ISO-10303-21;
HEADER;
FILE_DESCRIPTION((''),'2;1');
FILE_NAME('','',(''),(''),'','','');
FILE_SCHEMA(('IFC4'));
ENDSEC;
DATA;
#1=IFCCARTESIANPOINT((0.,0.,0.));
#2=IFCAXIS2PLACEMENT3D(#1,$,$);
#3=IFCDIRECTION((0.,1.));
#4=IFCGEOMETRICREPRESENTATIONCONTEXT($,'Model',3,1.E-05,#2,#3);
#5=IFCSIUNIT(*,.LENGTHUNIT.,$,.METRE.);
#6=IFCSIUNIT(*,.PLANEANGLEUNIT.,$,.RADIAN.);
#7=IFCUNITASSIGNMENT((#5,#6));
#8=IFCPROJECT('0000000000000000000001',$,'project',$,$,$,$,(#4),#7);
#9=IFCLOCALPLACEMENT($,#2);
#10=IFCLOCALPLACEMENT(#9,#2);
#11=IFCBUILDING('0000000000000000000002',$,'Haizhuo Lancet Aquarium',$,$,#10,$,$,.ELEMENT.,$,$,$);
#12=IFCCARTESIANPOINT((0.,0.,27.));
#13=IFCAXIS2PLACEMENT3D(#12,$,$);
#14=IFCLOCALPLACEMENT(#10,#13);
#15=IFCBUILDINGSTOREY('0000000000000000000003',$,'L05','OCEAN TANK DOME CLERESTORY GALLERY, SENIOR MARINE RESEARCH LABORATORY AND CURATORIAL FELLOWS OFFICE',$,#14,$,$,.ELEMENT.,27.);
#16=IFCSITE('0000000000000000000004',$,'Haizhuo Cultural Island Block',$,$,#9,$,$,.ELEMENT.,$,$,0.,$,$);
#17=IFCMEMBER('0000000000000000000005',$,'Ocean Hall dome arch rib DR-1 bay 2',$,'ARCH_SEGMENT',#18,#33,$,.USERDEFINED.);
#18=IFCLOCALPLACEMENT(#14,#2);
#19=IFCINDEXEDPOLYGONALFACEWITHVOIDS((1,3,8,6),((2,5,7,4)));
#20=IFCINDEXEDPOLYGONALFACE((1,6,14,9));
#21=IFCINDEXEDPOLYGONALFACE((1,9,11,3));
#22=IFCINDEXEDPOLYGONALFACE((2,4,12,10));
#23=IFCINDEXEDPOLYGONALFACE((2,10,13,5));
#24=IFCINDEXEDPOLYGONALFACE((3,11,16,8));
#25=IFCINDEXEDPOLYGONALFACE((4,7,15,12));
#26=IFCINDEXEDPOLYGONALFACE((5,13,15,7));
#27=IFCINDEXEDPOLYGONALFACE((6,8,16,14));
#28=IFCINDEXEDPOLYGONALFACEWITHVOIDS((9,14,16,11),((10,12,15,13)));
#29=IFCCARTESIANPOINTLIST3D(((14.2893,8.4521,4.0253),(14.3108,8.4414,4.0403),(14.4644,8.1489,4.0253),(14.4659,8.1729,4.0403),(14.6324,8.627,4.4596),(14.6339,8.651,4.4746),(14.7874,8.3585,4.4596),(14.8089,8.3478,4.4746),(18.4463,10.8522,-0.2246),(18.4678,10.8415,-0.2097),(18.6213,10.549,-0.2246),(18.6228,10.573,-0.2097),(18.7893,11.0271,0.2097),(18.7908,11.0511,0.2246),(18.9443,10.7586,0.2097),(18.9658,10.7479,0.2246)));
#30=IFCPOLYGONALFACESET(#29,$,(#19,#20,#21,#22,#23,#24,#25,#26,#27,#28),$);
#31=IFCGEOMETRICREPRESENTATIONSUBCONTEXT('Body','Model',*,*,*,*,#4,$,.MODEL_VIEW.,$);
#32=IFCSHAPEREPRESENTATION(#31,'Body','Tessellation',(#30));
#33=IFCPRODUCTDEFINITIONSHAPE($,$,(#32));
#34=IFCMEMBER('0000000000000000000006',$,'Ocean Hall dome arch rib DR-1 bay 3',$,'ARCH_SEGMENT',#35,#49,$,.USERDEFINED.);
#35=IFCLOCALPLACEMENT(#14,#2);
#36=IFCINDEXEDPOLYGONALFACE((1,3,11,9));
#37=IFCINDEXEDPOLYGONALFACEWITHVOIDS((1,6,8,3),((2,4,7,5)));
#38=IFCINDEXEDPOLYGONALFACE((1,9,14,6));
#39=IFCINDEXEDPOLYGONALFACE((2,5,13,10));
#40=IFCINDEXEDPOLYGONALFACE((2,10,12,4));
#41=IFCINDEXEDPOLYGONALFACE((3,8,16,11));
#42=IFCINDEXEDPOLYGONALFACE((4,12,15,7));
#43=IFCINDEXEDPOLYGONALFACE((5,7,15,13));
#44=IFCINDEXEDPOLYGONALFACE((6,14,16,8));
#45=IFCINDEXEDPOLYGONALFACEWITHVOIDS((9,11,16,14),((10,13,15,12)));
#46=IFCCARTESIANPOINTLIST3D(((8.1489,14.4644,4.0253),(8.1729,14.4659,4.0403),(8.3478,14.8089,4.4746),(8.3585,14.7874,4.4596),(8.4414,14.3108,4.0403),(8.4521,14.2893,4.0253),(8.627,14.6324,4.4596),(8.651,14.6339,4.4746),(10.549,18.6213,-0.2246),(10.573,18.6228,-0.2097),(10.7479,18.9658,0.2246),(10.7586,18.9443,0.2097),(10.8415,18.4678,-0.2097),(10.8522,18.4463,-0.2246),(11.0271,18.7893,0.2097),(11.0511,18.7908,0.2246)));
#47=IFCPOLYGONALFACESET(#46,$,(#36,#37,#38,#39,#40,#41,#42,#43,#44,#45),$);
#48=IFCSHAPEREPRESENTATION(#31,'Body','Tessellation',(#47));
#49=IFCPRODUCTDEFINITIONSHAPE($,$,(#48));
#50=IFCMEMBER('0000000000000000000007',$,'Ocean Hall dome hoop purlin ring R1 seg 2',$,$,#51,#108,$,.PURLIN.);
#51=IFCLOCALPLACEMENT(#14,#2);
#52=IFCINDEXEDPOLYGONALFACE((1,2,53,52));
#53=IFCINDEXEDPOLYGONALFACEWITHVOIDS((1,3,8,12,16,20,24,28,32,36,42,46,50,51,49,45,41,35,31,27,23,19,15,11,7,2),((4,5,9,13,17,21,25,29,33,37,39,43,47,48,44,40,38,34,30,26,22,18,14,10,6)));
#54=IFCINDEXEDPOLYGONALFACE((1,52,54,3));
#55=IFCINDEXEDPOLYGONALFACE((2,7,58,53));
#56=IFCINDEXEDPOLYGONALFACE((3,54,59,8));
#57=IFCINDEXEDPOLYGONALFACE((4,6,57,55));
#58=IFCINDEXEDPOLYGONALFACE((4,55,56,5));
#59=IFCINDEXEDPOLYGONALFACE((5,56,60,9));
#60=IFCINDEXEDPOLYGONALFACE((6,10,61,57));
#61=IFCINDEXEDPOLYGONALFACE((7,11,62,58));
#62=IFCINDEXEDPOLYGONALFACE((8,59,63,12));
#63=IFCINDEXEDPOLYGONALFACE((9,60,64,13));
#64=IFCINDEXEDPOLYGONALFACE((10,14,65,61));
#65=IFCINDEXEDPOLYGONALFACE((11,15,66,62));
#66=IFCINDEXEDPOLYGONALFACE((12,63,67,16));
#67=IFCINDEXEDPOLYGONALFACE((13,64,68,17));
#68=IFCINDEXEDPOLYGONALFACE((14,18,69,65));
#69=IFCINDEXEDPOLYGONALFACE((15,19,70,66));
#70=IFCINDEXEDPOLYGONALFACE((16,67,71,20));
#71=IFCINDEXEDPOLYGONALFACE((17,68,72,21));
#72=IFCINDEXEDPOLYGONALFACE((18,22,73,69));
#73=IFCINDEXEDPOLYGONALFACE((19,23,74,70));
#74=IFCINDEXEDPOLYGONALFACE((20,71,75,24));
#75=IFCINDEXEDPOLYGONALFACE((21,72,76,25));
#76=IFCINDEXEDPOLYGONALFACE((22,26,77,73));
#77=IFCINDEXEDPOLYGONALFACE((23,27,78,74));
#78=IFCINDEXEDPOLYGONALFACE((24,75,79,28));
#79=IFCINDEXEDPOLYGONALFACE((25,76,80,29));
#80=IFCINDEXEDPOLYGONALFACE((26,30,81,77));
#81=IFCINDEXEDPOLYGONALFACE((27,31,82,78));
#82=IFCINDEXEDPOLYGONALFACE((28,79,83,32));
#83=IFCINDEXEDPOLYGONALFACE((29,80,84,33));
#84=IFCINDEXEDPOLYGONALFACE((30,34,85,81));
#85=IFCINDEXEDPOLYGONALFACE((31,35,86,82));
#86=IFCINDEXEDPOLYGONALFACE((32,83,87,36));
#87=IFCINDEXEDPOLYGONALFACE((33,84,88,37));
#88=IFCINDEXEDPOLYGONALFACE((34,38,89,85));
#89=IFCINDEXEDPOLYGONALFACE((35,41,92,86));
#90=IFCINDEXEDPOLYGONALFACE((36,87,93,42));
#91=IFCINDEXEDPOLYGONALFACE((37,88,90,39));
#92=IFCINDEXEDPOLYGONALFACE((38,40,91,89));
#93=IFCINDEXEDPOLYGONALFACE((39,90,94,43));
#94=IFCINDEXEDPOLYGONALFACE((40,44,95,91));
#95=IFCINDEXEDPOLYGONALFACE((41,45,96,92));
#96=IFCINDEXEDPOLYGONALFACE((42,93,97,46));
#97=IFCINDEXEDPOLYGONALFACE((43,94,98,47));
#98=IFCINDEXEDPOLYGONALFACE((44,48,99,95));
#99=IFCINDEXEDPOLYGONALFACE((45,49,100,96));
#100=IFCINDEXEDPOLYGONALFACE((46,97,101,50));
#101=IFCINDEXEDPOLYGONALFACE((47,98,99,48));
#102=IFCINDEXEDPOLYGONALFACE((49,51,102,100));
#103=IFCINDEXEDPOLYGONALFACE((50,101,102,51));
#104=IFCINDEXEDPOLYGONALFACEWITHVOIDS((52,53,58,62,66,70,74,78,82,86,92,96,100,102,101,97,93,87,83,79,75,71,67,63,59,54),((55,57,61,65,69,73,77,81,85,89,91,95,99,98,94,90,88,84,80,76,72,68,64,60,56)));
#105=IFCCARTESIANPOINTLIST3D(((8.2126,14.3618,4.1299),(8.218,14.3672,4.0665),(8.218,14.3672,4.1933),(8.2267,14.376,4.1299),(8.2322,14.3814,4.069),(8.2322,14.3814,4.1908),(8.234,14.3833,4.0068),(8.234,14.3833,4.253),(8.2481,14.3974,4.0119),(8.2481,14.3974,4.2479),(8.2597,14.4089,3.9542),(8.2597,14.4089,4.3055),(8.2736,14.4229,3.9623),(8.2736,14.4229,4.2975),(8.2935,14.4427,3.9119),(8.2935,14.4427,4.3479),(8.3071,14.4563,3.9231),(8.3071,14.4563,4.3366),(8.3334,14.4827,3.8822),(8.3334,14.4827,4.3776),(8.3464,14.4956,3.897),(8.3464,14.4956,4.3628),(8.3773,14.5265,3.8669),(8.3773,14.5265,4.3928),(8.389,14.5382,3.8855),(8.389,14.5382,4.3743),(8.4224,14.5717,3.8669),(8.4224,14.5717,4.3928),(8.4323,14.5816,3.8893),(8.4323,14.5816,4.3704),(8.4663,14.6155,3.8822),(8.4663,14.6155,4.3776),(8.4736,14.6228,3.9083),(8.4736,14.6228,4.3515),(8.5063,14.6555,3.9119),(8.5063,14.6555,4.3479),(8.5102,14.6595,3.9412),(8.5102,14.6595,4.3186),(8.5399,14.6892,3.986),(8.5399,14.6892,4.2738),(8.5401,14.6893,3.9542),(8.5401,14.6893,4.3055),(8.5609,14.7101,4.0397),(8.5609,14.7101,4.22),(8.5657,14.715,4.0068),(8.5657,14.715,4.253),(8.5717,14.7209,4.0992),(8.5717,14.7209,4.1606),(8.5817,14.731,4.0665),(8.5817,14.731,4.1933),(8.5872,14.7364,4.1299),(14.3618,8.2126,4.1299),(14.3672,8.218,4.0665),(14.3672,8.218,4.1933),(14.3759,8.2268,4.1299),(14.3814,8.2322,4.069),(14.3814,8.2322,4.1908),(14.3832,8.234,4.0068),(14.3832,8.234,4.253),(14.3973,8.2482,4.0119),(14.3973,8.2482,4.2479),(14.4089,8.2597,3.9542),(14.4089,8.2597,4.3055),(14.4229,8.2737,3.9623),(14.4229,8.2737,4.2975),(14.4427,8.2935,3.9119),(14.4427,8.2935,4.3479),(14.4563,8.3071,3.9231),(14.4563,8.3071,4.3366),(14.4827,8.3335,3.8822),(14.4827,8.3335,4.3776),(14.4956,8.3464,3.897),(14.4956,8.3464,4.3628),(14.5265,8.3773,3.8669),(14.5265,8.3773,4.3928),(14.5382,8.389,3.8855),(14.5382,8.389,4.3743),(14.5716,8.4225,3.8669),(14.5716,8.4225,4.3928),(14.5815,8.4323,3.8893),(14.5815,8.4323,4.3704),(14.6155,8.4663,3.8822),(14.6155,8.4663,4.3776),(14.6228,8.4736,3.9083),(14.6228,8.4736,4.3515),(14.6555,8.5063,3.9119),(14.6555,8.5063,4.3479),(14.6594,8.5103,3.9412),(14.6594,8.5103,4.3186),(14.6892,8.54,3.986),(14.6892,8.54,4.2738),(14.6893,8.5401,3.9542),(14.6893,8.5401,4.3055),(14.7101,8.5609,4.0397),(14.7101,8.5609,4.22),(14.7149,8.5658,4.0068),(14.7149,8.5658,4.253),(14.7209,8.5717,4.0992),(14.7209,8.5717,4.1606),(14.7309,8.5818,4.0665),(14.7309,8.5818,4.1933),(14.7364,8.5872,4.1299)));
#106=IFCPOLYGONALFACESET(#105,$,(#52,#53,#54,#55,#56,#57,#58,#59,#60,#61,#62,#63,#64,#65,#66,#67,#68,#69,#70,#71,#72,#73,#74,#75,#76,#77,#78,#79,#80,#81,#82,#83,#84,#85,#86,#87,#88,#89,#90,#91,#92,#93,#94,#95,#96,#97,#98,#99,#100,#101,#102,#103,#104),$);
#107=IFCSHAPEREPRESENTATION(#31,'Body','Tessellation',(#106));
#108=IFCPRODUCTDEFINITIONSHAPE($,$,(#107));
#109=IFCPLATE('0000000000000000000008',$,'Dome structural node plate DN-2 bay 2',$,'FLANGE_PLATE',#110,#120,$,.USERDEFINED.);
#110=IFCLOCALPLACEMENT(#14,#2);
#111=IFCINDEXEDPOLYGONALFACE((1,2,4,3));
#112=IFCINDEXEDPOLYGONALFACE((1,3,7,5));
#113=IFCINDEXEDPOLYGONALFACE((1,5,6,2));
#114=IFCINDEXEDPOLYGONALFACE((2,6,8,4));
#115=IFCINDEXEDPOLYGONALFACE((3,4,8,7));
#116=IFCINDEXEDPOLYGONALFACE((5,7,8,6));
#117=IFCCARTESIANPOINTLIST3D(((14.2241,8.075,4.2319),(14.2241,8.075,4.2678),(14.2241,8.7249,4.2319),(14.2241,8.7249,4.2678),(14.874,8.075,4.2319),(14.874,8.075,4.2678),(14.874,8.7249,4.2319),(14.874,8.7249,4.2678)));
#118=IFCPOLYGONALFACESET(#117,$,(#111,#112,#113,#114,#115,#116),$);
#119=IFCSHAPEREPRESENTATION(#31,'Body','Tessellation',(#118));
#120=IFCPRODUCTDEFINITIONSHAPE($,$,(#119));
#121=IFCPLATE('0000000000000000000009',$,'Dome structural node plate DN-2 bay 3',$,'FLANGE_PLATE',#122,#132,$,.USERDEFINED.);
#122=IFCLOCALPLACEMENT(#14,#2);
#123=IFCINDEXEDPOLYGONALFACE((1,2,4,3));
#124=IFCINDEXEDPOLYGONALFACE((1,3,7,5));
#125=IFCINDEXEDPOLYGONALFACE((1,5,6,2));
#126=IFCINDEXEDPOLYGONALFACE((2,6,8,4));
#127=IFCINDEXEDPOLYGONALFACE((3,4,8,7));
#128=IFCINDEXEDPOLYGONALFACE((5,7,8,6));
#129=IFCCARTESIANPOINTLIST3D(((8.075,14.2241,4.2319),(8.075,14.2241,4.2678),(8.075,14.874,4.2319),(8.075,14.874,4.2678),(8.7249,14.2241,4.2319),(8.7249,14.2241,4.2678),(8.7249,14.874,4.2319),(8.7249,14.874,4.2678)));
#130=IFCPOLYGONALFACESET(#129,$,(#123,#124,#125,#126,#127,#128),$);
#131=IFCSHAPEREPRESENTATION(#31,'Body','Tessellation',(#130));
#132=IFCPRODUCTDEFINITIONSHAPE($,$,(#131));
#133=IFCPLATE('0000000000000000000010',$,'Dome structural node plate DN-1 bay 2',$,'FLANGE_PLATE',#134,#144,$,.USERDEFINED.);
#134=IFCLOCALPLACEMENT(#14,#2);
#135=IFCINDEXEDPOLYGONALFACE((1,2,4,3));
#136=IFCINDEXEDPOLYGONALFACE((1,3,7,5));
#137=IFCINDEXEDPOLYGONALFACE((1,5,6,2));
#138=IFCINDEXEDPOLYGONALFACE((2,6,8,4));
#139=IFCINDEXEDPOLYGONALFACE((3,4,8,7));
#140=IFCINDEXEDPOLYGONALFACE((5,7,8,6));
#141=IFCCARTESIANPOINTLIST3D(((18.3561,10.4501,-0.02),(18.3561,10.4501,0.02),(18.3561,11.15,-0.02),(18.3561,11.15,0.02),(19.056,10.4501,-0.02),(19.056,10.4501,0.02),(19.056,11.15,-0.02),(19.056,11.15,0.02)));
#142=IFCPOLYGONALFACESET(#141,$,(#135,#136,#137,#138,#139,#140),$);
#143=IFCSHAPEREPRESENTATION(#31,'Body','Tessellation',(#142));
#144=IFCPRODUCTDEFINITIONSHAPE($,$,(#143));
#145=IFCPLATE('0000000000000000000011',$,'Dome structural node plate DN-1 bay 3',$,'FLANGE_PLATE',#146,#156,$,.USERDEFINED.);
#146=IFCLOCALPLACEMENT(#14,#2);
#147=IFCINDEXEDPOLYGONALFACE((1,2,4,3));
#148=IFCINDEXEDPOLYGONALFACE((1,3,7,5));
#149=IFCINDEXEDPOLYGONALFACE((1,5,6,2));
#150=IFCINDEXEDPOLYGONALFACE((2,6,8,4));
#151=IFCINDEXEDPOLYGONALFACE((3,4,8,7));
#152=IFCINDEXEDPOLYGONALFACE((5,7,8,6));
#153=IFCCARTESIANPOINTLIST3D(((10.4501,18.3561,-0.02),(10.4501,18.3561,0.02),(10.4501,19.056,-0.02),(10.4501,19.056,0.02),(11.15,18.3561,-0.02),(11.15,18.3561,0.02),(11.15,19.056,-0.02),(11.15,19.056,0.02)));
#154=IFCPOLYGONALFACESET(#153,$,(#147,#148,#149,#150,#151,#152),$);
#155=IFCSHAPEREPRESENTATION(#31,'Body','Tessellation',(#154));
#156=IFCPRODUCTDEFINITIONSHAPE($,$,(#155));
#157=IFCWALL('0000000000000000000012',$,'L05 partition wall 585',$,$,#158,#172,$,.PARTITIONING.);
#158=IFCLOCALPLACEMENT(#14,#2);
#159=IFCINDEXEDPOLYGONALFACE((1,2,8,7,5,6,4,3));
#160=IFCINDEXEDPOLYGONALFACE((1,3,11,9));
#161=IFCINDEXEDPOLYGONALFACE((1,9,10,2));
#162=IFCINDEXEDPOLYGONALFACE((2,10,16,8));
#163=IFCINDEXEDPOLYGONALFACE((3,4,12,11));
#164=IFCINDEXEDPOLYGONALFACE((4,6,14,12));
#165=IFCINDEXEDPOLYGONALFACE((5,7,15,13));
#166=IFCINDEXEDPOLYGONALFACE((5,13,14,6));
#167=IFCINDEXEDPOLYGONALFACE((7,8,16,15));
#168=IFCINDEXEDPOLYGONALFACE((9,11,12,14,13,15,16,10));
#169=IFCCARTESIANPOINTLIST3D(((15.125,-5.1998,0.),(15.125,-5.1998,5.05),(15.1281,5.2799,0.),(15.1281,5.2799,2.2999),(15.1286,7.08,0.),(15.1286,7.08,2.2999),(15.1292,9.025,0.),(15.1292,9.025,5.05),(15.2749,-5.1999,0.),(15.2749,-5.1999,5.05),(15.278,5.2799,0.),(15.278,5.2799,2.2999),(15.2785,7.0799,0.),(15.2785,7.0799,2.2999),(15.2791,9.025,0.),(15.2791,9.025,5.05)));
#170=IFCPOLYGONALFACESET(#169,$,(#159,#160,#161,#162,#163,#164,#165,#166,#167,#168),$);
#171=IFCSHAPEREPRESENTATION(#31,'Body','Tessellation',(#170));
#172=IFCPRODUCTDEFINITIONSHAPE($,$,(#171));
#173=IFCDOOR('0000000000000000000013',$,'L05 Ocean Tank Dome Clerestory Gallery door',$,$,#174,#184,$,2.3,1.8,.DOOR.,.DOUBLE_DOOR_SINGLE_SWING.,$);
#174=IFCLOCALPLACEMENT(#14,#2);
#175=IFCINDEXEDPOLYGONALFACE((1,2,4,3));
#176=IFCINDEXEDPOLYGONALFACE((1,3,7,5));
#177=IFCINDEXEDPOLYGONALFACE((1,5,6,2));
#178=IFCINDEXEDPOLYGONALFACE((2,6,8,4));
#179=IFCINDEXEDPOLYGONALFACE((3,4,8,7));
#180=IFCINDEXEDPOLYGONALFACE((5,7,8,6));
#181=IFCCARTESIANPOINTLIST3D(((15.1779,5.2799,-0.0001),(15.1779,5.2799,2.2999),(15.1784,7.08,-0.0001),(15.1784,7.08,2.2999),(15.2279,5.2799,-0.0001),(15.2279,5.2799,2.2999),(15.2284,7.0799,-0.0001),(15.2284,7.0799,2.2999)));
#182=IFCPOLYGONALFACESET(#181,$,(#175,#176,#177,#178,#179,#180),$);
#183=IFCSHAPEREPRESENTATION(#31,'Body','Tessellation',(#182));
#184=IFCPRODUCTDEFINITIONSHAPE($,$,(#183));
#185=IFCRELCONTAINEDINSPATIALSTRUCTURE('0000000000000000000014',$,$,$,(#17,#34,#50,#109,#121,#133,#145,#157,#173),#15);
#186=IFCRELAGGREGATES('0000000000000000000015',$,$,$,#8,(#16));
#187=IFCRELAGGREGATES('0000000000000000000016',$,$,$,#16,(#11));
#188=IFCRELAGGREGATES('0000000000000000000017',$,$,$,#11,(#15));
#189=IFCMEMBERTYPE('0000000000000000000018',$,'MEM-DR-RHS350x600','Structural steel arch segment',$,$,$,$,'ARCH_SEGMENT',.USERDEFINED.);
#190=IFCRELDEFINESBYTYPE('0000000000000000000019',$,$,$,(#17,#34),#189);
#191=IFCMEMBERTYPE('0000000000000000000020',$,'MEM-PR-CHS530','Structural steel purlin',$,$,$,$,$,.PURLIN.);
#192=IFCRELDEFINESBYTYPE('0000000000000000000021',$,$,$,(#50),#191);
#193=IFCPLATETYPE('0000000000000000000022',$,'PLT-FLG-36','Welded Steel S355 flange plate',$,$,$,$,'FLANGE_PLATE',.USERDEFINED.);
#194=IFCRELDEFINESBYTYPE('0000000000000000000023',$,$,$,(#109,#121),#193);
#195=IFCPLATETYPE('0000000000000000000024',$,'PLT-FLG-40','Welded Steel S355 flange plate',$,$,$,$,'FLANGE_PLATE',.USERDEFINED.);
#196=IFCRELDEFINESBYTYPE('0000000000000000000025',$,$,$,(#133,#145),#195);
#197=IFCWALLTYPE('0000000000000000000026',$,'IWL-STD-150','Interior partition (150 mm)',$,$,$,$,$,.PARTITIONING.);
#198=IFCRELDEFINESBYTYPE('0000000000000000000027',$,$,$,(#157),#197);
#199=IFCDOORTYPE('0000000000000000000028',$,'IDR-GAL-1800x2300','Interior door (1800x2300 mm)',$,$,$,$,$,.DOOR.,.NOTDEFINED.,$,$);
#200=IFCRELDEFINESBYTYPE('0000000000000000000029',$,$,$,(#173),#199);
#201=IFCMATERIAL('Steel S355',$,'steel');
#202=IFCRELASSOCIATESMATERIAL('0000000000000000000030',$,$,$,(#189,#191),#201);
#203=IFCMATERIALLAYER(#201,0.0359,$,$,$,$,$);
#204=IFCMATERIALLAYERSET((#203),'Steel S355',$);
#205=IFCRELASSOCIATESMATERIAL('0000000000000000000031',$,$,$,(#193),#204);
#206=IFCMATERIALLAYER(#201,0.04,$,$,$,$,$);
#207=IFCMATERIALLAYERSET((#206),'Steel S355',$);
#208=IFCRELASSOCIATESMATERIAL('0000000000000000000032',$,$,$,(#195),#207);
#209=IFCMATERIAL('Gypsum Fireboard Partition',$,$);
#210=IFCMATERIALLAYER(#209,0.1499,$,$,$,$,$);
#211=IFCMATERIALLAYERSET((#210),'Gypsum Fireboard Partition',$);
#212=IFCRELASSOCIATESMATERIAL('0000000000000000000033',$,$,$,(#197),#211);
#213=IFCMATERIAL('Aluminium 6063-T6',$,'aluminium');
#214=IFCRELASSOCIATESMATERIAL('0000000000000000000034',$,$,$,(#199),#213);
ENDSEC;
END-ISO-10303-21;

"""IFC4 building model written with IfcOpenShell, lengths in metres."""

from ifc_helpers import new_model, si_unit, direction, frame, frame_2d, origin, origin_2d, place, context, subcontext, project, spatial, rectangle, hollow_rectangle, hollow_circle, extrude, material, layer, layer_set, material_profile, profile_set, type_object, element, fill, save


model = new_model("IFC4")

# Units and contexts
model_context = context("Model", 3, precision=1e-05, world=origin(), true_north=direction((0.0, 1.0)))
body_context = subcontext(model_context, "Body", "Model", "MODEL_VIEW")
ifc_project = project(units=[si_unit("LENGTHUNIT", "METRE"), si_unit("PLANEANGLEUNIT", "RADIAN")], contexts=[model_context])

# Site, building, storey
site_placement = place(None, origin())
site = spatial("IfcSite", under=ifc_project, at=site_placement, Name="Haizhuo Cultural Island Block", CompositionType="ELEMENT", RefElevation=0.0)
building_placement = place(site_placement, origin())
building = spatial("IfcBuilding", under=site, at=building_placement, Name="Haizhuo Lancet Aquarium", CompositionType="ELEMENT")
storey_placement = place(building_placement, frame((0.0, 0.0, 27.0)))
storey = spatial("IfcBuildingStorey", under=building, at=storey_placement, Name="L05", Description="OCEAN TANK DOME CLERESTORY GALLERY, SENIOR MARINE RESEARCH LABORATORY AND CURATORIAL FELLOWS OFFICE", CompositionType="ELEMENT", Elevation=27.0)

# Members
ifc_material_1 = material(Name="Steel S355", Category="steel")
ifc_material_profile_1 = material_profile(ifc_material_1, hollow_rectangle(XDim=0.3501, YDim=0.6001, WallThickness=0.02, at=origin_2d()), Name="RHS 350x600x20")
ifc_profile_set_1 = profile_set([ifc_material_profile_1], Name="Steel S355")
member_type_1 = type_object("IfcMemberType", Name="MEM-DR-RHS350x600", Description="Structural steel arch segment", ElementType="ARCH_SEGMENT", PredefinedType="USERDEFINED", material=ifc_profile_set_1)
for number, where, z_axis, x_axis, name in (
    (1, (18.7061, 10.8, 0.0), (-0.648392, -0.374367, 0.662901), (0.500017, -0.866015, 0.0), "Ocean Hall dome arch rib DR-1 bay 2"),
    (2, (10.8, 18.7061, 0.0), (-0.374367, -0.648392, 0.662901), (0.866015, -0.500017, 0.0), "Ocean Hall dome arch rib DR-1 bay 3"),
):
    element("IfcMember", number, at=place(storey_placement, frame(where, z_axis=z_axis, x_axis=x_axis)), inside=storey, type_object=member_type_1, Name=name, ObjectType="ARCH_SEGMENT", PredefinedType="USERDEFINED", context=body_context, shape_type="SweptSolid", body=[
        extrude(hollow_rectangle(XDim=0.3501, YDim=0.6001, WallThickness=0.02, at=origin_2d()), origin(), (0.0, 0.0, 1.0), 6.4111),
    ])
ifc_material_profile_2 = material_profile(ifc_material_1, hollow_circle(Radius=0.2649, WallThickness=0.02, at=origin_2d()), Name="CHS 530x20")
ifc_profile_set_2 = profile_set([ifc_material_profile_2], Name="Steel S355")
member_type_2 = type_object("IfcMemberType", Name="MEM-PR-CHS530", Description="Structural steel purlin", PredefinedType="PURLIN", material=ifc_profile_set_2)
member_1_placement = place(storey_placement, frame((14.5491, 8.3999, 4.1299), z_axis=(-0.707107, 0.707107, 0.0), x_axis=(-0.707107, -0.707107, 0.0)))
element("IfcMember", 3, at=member_1_placement, inside=storey, type_object=member_type_2, Name="Ocean Hall dome hoop purlin ring R1 seg 2", PredefinedType="PURLIN", context=body_context, shape_type="SweptSolid", body=[
    extrude(hollow_circle(Radius=0.2649, WallThickness=0.02, at=origin_2d()), origin(), (0.0, 0.0, 1.0), 8.6963),
])

# Plates
ifc_layer_1 = layer(ifc_material_1, 0.0359)
ifc_layer_set_1 = layer_set([ifc_layer_1], Name="Steel S355")
plate_type_1 = type_object("IfcPlateType", Name="PLT-FLG-36", Description="Welded Steel S355 flange plate", ElementType="FLANGE_PLATE", PredefinedType="USERDEFINED", material=ifc_layer_set_1)
for number, where, z_axis, x_axis, name in (
    (4, (14.5491, 8.3999, 4.2319), (0.0, 0.0, 1.0), (1.0, 0.0, 0.0), "Dome structural node plate DN-2 bay 2"),
    (5, (8.3999, 14.5491, 4.2319), (0.0, 0.0, 1.0), (1.0, 0.0, 0.0), "Dome structural node plate DN-2 bay 3"),
):
    element("IfcPlate", number, at=place(storey_placement, frame(where, z_axis=z_axis, x_axis=x_axis)), inside=storey, type_object=plate_type_1, Name=name, ObjectType="FLANGE_PLATE", PredefinedType="USERDEFINED", context=body_context, shape_type="SweptSolid", body=[
        extrude(rectangle(XDim=0.6499, YDim=0.6499, at=origin_2d()), origin(), (0.0, 0.0, 1.0), 0.0359),
    ])
ifc_layer_2 = layer(ifc_material_1, 0.04)
ifc_layer_set_2 = layer_set([ifc_layer_2], Name="Steel S355")
plate_type_2 = type_object("IfcPlateType", Name="PLT-FLG-40", Description="Welded Steel S355 flange plate", ElementType="FLANGE_PLATE", PredefinedType="USERDEFINED", material=ifc_layer_set_2)
for number, where, z_axis, x_axis, name in (
    (6, (18.7061, 10.8, -0.02), (0.0, 0.0, 1.0), (1.0, 0.0, 0.0), "Dome structural node plate DN-1 bay 2"),
    (7, (10.8, 18.7061, -0.02), (0.0, 0.0, 1.0), (1.0, 0.0, 0.0), "Dome structural node plate DN-1 bay 3"),
):
    element("IfcPlate", number, at=place(storey_placement, frame(where, z_axis=z_axis, x_axis=x_axis)), inside=storey, type_object=plate_type_2, Name=name, ObjectType="FLANGE_PLATE", PredefinedType="USERDEFINED", context=body_context, shape_type="SweptSolid", body=[
        extrude(rectangle(XDim=0.7, YDim=0.7, at=origin_2d()), origin(), (0.0, 0.0, 1.0), 0.04),
    ])

# Wall, opening, door
ifc_material_2 = material(Name="Gypsum Fireboard Partition")
ifc_layer_3 = layer(ifc_material_2, 0.1499)
ifc_layer_set_3 = layer_set([ifc_layer_3], Name="Gypsum Fireboard Partition")
wall_type_1 = type_object("IfcWallType", Name="IWL-STD-150", Description="Interior partition (150 mm)", PredefinedType="PARTITIONING", material=ifc_layer_set_3)
wall_1_placement = place(storey_placement, frame((15.2041, 9.0249, 0.0), z_axis=(0.0, 0.0, 1.0), x_axis=(-0.000292, -1.0, 0.0)))
wall_1 = element("IfcWall", 8, at=wall_1_placement, inside=storey, type_object=wall_type_1, Name="L05 partition wall 585", PredefinedType="PARTITIONING", context=body_context, shape_type="SweptSolid", body=[
    extrude(rectangle(XDim=14.2249, YDim=0.1499, at=frame_2d((7.1123, 0.0))), origin(), (0.0, 0.0, 1.0), 5.05),
])
opening_placement = place(wall_1_placement, frame((1.9451, 0.0, 0.0)))
opening = element("IfcOpeningElement", 9, at=opening_placement, cuts=wall_1, PredefinedType="OPENING", context=body_context, shape_type="SweptSolid", body=[
    extrude(rectangle(XDim=1.8, YDim=2.3, at=frame_2d((0.8999, 1.1499))), frame((0.0, 0.085, 0.0), z_axis=(0.0, -1.0, 0.0), x_axis=(1.0, 0.0, 0.0)), (0.0, 0.0, 1.0), 0.1699),
])
ifc_material_3 = material(Name="Aluminium 6063-T6", Category="aluminium")
door_type = type_object("IfcDoorType", Name="IDR-GAL-1800x2300", Description="Interior door (1800x2300 mm)", OperationType="NOTDEFINED", PredefinedType="DOOR", material=ifc_material_3)
door_placement = place(opening_placement, origin())
door = element("IfcDoor", 10, at=door_placement, inside=storey, type_object=door_type, Name="L05 Ocean Tank Dome Clerestory Gallery door", OperationType="DOUBLE_DOOR_SINGLE_SWING", OverallHeight=2.3, OverallWidth=1.8, PredefinedType="DOOR", context=body_context, shape_type="SweptSolid", body=[
    extrude(rectangle(XDim=1.8, YDim=2.3, at=frame_2d((0.8999, 1.1499))), frame((0.0, 0.0249, 0.0), z_axis=(0.0, -1.0, 0.0), x_axis=(1.0, 0.0, 0.0)), (0.0, 0.0, 1.0), 0.05),
])
fill(opening, door)

save(model, "model.ifc")
